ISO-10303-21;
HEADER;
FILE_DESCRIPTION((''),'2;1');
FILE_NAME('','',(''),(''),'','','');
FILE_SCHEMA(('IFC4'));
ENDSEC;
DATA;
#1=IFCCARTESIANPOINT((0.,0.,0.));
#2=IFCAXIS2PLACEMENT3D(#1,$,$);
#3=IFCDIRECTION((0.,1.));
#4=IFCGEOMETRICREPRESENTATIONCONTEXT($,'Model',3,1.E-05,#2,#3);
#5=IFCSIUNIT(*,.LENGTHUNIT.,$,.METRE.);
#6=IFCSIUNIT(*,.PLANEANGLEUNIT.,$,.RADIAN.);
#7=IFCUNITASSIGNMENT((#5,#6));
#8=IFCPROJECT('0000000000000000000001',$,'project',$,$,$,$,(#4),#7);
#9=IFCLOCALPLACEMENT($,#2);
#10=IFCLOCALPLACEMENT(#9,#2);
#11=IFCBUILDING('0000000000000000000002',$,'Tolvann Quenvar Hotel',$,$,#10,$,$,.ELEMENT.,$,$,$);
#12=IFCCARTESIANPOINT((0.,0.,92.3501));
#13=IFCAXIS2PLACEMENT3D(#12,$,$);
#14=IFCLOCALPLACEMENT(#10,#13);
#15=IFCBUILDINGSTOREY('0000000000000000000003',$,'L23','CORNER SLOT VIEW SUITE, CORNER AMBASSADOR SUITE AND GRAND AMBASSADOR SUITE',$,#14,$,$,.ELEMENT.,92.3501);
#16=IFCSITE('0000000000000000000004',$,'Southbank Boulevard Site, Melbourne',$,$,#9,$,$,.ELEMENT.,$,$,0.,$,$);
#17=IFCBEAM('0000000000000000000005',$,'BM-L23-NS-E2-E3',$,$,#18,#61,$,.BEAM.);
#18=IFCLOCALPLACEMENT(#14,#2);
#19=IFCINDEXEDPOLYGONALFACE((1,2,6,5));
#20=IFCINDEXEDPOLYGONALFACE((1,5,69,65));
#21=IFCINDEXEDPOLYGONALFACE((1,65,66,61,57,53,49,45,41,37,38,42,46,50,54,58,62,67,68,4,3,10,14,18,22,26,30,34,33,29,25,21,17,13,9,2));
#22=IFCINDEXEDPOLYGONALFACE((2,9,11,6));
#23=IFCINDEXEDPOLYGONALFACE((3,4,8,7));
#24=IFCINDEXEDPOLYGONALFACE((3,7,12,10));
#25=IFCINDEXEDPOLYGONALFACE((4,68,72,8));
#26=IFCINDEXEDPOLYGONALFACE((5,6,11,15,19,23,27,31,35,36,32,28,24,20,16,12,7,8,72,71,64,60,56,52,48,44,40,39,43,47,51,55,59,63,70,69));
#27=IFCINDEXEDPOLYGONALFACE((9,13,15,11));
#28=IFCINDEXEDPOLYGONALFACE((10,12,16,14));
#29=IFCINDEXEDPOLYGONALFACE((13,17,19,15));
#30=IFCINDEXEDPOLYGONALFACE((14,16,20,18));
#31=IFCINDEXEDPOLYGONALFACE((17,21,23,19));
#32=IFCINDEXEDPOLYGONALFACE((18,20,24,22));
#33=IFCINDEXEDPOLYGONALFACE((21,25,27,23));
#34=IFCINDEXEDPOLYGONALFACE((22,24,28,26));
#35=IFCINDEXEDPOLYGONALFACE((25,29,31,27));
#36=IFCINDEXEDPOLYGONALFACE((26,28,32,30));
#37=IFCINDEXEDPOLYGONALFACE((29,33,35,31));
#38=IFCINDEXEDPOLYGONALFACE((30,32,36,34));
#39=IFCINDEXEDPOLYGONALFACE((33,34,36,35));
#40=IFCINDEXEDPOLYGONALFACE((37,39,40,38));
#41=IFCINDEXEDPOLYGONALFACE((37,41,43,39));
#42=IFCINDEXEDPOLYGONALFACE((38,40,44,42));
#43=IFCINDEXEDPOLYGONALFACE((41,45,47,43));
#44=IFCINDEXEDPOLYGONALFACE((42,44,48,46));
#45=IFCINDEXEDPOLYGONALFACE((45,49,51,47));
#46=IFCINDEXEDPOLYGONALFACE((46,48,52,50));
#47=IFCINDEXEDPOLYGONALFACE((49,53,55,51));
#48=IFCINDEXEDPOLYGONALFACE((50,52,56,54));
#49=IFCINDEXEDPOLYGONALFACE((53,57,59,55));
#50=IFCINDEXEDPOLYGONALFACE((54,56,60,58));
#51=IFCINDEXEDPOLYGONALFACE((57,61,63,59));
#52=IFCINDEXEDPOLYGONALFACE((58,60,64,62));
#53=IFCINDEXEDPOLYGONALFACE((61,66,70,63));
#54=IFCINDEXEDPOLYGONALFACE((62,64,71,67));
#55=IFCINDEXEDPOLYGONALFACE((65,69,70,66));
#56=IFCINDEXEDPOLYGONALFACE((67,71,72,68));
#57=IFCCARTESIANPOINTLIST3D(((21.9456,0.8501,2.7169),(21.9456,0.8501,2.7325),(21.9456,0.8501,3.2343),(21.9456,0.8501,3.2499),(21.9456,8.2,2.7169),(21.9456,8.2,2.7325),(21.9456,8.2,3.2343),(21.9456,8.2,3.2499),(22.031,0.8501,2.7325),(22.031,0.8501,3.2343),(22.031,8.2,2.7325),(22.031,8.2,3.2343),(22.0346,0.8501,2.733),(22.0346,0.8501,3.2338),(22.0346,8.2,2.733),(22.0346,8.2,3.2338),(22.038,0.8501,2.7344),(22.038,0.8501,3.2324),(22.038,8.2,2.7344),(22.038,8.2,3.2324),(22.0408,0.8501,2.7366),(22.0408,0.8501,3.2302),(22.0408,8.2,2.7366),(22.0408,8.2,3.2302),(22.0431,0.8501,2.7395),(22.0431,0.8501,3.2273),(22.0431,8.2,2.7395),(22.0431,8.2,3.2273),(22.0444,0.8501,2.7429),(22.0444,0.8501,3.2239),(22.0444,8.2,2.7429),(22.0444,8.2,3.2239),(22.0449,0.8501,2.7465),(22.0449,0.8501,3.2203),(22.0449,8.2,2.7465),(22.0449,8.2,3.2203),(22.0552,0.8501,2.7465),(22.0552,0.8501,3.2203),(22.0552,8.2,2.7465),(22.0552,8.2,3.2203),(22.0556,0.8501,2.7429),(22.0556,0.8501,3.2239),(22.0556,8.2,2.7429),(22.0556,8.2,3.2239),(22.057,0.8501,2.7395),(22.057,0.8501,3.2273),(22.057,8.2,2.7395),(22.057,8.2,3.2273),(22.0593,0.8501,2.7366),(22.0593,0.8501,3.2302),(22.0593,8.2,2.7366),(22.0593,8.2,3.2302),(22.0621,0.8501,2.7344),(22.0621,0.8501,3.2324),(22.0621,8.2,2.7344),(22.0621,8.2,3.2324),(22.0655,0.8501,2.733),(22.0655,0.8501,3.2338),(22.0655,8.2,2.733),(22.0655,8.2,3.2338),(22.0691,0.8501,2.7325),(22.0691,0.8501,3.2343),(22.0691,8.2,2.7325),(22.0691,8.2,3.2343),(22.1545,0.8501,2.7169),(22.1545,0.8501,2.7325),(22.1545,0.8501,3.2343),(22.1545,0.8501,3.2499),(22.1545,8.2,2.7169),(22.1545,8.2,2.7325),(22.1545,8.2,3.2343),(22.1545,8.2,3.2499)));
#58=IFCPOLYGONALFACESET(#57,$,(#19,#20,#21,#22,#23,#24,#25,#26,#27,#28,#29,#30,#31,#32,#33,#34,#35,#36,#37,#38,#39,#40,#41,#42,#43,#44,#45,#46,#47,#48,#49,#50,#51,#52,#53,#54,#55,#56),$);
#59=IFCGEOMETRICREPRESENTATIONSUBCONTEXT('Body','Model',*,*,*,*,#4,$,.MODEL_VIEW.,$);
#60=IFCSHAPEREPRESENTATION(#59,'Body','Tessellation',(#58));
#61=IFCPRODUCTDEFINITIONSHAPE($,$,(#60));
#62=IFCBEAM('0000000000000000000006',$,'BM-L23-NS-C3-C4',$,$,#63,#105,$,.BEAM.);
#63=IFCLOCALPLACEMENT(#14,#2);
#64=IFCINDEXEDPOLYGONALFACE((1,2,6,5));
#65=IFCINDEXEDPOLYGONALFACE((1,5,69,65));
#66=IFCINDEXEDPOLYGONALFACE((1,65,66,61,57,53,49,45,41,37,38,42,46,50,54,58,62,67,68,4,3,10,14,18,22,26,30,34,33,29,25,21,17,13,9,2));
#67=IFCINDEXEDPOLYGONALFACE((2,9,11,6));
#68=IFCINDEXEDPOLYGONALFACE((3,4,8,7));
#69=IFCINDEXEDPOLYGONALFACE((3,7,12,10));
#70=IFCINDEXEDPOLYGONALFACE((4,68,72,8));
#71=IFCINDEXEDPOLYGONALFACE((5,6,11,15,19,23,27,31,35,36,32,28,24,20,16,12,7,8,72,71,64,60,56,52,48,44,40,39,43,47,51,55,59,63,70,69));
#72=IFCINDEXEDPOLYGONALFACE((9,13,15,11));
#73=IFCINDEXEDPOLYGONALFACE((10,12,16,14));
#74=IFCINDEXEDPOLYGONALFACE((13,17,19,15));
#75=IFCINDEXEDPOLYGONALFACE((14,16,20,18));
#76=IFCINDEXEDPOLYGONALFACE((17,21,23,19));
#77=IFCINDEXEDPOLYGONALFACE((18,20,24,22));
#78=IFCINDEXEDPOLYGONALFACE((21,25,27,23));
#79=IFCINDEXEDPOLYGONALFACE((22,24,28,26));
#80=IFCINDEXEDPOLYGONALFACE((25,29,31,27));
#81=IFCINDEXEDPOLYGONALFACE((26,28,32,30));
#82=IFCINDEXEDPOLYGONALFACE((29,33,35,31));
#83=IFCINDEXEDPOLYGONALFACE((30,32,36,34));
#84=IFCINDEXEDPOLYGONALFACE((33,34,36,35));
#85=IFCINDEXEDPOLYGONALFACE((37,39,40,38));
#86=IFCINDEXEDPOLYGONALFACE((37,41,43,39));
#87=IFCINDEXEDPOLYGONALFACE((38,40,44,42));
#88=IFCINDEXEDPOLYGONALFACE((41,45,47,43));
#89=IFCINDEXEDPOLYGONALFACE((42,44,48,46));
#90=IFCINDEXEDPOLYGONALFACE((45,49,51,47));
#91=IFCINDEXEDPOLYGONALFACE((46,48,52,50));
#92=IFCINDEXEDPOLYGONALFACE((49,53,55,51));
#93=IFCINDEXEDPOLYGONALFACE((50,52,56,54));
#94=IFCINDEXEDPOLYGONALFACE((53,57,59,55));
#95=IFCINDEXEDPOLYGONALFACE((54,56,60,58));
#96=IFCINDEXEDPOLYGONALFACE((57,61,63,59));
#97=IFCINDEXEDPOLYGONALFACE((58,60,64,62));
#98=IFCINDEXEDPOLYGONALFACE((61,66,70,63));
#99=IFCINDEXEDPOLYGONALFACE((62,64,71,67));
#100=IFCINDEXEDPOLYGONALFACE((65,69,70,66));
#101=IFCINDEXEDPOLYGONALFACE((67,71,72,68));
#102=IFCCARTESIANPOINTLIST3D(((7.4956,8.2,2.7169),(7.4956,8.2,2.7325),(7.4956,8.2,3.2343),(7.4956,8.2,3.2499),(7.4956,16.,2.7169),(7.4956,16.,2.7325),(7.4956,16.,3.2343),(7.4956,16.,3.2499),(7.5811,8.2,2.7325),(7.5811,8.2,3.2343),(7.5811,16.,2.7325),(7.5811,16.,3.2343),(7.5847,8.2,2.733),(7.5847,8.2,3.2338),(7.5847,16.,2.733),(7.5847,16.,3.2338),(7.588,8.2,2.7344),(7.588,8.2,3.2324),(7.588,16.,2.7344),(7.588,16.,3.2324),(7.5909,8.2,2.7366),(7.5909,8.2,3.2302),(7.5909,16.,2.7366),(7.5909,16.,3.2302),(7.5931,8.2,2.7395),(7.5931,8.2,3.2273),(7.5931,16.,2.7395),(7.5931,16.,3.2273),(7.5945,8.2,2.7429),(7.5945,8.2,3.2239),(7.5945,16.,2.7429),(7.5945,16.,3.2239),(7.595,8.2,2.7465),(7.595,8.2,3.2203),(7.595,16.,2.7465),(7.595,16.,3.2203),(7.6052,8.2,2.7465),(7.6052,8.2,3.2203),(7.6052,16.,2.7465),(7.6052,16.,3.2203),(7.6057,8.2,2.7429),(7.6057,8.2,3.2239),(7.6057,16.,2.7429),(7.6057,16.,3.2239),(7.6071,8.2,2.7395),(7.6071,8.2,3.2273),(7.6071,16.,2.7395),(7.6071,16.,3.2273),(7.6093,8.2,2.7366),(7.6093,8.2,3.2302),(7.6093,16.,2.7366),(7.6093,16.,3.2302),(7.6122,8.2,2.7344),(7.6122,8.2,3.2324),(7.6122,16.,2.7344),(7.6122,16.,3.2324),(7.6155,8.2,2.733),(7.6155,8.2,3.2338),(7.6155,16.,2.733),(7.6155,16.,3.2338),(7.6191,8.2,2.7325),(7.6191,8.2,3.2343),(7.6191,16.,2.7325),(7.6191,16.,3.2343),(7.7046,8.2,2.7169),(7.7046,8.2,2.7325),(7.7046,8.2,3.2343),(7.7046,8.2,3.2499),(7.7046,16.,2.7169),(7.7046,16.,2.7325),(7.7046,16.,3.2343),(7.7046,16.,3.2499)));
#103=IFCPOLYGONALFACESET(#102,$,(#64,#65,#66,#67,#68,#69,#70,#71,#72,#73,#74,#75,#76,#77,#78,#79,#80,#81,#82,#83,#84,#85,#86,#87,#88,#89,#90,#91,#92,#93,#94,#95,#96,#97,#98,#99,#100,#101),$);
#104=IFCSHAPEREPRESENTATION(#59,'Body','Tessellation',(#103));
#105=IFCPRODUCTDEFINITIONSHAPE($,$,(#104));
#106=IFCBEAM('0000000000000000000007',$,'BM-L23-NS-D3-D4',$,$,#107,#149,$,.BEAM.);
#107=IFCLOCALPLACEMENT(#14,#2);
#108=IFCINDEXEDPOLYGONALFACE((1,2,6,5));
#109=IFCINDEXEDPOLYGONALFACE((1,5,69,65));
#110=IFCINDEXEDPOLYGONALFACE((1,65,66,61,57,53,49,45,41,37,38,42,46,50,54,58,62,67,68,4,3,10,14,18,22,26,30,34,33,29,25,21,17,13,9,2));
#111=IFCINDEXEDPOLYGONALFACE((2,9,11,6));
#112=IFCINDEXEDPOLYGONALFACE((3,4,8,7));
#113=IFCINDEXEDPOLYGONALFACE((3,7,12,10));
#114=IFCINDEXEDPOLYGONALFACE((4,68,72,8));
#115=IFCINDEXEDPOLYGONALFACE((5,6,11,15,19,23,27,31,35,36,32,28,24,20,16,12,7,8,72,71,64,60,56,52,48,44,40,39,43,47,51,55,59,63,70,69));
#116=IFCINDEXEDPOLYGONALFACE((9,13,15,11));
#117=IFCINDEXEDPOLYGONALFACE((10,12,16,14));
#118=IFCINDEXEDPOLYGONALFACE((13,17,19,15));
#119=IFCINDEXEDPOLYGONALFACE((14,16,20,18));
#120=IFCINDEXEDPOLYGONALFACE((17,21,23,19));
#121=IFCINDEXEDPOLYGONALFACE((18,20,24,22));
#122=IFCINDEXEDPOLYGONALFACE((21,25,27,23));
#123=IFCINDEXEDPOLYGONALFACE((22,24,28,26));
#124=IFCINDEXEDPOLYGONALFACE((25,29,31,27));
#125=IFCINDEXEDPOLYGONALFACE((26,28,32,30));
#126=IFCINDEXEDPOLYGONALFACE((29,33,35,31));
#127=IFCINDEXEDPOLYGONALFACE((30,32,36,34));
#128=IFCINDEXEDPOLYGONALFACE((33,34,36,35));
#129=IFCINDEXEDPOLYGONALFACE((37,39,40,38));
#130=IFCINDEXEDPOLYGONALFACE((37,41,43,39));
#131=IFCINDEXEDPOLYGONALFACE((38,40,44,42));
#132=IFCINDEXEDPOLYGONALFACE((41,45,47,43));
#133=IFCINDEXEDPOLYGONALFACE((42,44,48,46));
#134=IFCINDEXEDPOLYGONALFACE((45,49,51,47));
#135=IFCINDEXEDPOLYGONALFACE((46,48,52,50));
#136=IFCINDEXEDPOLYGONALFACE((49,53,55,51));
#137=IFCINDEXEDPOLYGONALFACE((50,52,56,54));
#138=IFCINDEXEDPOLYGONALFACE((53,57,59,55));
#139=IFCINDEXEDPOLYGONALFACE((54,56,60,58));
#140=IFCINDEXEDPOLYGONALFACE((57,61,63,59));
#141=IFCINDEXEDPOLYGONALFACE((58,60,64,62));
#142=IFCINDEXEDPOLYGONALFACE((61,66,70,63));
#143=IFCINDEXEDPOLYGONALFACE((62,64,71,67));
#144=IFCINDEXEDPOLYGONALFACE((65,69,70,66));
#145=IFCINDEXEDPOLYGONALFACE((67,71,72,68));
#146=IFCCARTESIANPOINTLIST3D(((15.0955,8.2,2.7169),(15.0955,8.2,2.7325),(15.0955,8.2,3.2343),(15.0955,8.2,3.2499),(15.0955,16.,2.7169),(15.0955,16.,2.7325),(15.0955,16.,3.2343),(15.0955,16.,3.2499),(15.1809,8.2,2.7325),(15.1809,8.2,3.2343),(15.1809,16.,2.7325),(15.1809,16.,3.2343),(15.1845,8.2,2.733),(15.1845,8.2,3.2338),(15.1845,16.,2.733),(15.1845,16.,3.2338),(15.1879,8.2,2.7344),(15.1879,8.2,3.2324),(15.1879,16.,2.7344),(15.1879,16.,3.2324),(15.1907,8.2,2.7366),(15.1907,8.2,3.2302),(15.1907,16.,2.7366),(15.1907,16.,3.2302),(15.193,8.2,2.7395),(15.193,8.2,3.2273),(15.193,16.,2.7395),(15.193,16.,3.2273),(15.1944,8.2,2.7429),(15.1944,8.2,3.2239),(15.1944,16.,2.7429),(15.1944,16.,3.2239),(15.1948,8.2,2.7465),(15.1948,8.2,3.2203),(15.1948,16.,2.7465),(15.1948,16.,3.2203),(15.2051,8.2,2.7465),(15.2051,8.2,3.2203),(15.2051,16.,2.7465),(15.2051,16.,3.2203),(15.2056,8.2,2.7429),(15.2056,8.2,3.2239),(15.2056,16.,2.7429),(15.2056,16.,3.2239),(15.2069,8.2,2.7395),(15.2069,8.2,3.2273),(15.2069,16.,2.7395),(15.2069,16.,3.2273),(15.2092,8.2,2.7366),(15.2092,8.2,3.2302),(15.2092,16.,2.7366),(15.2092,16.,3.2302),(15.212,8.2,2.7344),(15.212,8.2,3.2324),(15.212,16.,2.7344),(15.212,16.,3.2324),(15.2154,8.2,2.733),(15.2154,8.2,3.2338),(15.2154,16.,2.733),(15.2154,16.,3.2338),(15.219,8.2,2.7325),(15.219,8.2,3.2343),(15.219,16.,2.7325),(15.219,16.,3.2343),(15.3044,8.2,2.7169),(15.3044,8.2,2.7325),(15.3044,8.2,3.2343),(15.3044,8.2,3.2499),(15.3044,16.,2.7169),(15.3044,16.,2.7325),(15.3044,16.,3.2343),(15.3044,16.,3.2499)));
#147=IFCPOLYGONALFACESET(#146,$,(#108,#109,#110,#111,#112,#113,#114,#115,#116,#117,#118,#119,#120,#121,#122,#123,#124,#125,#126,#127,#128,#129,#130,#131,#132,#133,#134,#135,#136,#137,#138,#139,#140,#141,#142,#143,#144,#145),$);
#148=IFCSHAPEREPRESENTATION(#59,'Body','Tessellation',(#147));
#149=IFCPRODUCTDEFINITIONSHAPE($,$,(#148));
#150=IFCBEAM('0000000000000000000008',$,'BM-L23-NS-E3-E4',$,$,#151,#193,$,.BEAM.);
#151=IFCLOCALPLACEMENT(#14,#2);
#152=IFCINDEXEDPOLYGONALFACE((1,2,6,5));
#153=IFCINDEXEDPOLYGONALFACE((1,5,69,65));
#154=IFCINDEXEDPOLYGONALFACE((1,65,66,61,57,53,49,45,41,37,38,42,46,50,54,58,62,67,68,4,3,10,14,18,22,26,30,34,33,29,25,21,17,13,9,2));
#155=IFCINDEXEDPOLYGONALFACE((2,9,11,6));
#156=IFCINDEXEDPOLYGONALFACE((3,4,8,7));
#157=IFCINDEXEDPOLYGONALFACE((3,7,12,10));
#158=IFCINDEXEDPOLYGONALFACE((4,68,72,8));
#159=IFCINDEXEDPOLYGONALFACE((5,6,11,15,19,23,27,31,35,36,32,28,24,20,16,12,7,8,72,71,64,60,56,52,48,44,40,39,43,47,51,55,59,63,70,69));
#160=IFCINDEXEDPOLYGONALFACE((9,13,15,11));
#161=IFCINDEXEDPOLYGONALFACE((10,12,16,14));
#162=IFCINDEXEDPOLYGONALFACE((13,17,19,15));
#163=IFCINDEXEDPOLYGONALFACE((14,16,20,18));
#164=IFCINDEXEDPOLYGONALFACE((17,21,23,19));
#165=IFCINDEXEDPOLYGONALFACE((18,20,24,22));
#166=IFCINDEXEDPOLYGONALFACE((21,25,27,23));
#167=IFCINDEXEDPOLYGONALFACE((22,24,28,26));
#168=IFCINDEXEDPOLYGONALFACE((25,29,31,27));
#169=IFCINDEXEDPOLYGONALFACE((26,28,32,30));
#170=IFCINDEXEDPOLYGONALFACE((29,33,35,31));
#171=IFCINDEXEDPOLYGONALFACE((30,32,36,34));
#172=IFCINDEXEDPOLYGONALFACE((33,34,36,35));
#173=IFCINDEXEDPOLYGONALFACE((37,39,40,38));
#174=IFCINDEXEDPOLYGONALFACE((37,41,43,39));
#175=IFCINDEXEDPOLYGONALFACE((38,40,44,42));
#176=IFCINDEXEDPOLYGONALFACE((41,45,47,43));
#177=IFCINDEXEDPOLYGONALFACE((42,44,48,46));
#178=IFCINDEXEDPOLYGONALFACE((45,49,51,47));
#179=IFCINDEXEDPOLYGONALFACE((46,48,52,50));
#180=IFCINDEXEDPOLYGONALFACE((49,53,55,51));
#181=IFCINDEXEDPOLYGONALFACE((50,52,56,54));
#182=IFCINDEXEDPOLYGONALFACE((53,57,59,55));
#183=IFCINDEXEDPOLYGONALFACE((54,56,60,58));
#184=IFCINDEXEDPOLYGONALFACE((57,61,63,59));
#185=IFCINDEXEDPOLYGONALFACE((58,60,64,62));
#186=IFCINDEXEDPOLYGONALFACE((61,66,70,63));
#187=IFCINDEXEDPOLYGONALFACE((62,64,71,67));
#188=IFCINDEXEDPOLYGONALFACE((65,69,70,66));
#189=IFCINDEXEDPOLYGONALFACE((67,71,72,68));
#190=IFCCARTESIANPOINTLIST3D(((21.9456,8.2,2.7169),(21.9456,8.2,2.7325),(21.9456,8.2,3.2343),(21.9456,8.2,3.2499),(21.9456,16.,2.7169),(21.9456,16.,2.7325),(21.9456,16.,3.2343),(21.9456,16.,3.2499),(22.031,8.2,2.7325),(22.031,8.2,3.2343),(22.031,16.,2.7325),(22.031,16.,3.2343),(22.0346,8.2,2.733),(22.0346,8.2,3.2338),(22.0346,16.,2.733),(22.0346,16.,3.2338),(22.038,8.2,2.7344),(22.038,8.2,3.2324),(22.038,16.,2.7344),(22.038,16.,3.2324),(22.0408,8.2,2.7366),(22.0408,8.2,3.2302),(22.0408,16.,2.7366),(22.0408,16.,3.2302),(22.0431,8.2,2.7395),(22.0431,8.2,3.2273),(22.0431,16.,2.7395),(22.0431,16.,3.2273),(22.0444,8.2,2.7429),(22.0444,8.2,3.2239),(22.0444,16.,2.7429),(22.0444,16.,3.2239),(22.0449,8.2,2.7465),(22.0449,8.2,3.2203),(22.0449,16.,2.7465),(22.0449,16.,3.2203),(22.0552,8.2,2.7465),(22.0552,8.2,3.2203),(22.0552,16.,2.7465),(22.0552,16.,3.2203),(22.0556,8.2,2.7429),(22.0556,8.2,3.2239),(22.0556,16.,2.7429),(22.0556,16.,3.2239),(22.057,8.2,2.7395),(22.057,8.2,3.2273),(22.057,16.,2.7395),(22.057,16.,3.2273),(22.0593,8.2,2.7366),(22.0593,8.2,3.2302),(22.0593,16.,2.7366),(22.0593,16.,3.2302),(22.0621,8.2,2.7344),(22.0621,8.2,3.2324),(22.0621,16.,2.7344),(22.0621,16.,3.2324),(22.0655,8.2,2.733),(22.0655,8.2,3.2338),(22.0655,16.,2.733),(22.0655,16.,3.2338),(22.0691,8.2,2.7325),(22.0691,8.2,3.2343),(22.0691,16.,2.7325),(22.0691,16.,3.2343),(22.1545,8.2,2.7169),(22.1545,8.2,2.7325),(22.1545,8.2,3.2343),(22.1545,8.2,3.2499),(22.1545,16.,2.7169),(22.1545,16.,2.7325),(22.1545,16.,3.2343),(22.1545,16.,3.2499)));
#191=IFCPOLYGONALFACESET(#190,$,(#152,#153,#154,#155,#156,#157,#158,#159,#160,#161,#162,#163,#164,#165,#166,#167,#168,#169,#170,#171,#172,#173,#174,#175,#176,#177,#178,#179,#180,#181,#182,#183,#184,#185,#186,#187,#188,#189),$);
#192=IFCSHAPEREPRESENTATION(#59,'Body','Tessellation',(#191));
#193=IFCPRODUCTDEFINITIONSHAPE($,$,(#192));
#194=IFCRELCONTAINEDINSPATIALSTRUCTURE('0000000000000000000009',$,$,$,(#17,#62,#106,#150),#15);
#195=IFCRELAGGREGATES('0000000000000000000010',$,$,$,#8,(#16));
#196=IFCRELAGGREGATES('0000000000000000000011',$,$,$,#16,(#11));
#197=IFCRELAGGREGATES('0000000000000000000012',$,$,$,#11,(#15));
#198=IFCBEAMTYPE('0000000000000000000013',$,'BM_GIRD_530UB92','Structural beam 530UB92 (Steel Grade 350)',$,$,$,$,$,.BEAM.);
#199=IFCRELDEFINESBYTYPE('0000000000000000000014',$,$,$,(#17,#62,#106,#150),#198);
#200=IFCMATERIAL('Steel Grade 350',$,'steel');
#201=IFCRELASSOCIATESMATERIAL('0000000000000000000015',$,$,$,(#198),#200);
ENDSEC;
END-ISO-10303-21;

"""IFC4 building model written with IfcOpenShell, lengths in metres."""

from ifc_helpers import new_model, si_unit, direction, frame, origin, origin_2d, place, context, subcontext, project, spatial, i_section, extrude, source, transform, mapped, material, material_profile, profile_set, type_object, type_shapes, element, save


model = new_model("IFC4")

# Units and contexts
model_context = context("Model", 3, precision=1e-05, world=origin(), true_north=direction((0.0, 1.0)))
body_context = subcontext(model_context, "Body", "Model", "MODEL_VIEW")
ifc_project = project(units=[si_unit("LENGTHUNIT", "METRE"), si_unit("PLANEANGLEUNIT", "RADIAN")], contexts=[model_context])

# Site, building, storey
site_placement = place(None, origin())
site = spatial("IfcSite", under=ifc_project, at=site_placement, Name="Southbank Boulevard Site, Melbourne", CompositionType="ELEMENT", RefElevation=0.0)
building_placement = place(site_placement, origin())
building = spatial("IfcBuilding", under=site, at=building_placement, Name="Tolvann Quenvar Hotel", CompositionType="ELEMENT")
storey_placement = place(building_placement, frame((0.0, 0.0, 92.3501)))
storey = spatial("IfcBuildingStorey", under=building, at=storey_placement, Name="L23", Description="CORNER SLOT VIEW SUITE, CORNER AMBASSADOR SUITE AND GRAND AMBASSADOR SUITE", CompositionType="ELEMENT", Elevation=92.3501)

# Shared definitions
ifc_material_1 = material(Name="Steel Grade 350", Category="steel")

# Beams
ifc_material_profile_1 = material_profile(ifc_material_1, i_section(OverallWidth=0.209, OverallDepth=0.533, WebThickness=0.0103, FlangeThickness=0.0156, FilletRadius=0.0139, at=origin_2d()), Name="530UB92")
ifc_profile_set_1 = profile_set([ifc_material_profile_1], Name="Steel Grade 350")
beam_type_1 = type_object("IfcBeamType", Name="BM_GIRD_530UB92", Description="Structural beam 530UB92 (Steel Grade 350)", PredefinedType="BEAM", material=ifc_profile_set_1)
shared_shape_1 = source(origin(), body_context, "Body", "SweptSolid", [
    extrude(i_section(OverallWidth=0.209, OverallDepth=0.533, WebThickness=0.0103, FlangeThickness=0.0156, FilletRadius=0.0139, at=origin_2d()), origin(), (0.0, 0.0, 1.0), 7.3499),
])
for number, where, z_axis, x_axis, name in (
    (1, (22.05, 0.8501, 2.9834), (0.0, 1.0, 0.0), (-1.0, 0.0, 0.0), "BM-L23-NS-E2-E3"),
):
    element("IfcBeam", number, at=place(storey_placement, frame(where, z_axis=z_axis, x_axis=x_axis)), inside=storey, type_object=beam_type_1, Name=name, PredefinedType="BEAM", context=body_context, shape_type="MappedRepresentation", body=[
        mapped(shared_shape_1, transform((0.0, 0.0, 0.0), x_axis=(1.0, 0.0, 0.0), y_axis=(0.0, 1.0, 0.0), z_axis=(0.0, 0.0, 1.0), scale=1.0)),
    ])
shared_shape_2 = source(origin(), body_context, "Body", "SweptSolid", [
    extrude(i_section(OverallWidth=0.209, OverallDepth=0.533, WebThickness=0.0103, FlangeThickness=0.0156, FilletRadius=0.0139, at=origin_2d()), origin(), (0.0, 0.0, 1.0), 7.8),
])
type_shapes(beam_type_1, [shared_shape_1, shared_shape_2])
for number, where, z_axis, x_axis, name in (
    (2, (7.6001, 8.2, 2.9834), (0.0, 1.0, 0.0), (-1.0, 0.0, 0.0), "BM-L23-NS-C3-C4"),
    (3, (15.2, 8.2, 2.9834), (0.0, 1.0, 0.0), (-1.0, 0.0, 0.0), "BM-L23-NS-D3-D4"),
    (4, (22.05, 8.2, 2.9834), (0.0, 1.0, 0.0), (-1.0, 0.0, 0.0), "BM-L23-NS-E3-E4"),
):
    element("IfcBeam", number, at=place(storey_placement, frame(where, z_axis=z_axis, x_axis=x_axis)), inside=storey, type_object=beam_type_1, Name=name, PredefinedType="BEAM", context=body_context, shape_type="MappedRepresentation", body=[
        mapped(shared_shape_2, transform((0.0, 0.0, 0.0), x_axis=(1.0, 0.0, 0.0), y_axis=(0.0, 1.0, 0.0), z_axis=(0.0, 0.0, 1.0), scale=1.0)),
    ])

save(model, "model.ifc")
